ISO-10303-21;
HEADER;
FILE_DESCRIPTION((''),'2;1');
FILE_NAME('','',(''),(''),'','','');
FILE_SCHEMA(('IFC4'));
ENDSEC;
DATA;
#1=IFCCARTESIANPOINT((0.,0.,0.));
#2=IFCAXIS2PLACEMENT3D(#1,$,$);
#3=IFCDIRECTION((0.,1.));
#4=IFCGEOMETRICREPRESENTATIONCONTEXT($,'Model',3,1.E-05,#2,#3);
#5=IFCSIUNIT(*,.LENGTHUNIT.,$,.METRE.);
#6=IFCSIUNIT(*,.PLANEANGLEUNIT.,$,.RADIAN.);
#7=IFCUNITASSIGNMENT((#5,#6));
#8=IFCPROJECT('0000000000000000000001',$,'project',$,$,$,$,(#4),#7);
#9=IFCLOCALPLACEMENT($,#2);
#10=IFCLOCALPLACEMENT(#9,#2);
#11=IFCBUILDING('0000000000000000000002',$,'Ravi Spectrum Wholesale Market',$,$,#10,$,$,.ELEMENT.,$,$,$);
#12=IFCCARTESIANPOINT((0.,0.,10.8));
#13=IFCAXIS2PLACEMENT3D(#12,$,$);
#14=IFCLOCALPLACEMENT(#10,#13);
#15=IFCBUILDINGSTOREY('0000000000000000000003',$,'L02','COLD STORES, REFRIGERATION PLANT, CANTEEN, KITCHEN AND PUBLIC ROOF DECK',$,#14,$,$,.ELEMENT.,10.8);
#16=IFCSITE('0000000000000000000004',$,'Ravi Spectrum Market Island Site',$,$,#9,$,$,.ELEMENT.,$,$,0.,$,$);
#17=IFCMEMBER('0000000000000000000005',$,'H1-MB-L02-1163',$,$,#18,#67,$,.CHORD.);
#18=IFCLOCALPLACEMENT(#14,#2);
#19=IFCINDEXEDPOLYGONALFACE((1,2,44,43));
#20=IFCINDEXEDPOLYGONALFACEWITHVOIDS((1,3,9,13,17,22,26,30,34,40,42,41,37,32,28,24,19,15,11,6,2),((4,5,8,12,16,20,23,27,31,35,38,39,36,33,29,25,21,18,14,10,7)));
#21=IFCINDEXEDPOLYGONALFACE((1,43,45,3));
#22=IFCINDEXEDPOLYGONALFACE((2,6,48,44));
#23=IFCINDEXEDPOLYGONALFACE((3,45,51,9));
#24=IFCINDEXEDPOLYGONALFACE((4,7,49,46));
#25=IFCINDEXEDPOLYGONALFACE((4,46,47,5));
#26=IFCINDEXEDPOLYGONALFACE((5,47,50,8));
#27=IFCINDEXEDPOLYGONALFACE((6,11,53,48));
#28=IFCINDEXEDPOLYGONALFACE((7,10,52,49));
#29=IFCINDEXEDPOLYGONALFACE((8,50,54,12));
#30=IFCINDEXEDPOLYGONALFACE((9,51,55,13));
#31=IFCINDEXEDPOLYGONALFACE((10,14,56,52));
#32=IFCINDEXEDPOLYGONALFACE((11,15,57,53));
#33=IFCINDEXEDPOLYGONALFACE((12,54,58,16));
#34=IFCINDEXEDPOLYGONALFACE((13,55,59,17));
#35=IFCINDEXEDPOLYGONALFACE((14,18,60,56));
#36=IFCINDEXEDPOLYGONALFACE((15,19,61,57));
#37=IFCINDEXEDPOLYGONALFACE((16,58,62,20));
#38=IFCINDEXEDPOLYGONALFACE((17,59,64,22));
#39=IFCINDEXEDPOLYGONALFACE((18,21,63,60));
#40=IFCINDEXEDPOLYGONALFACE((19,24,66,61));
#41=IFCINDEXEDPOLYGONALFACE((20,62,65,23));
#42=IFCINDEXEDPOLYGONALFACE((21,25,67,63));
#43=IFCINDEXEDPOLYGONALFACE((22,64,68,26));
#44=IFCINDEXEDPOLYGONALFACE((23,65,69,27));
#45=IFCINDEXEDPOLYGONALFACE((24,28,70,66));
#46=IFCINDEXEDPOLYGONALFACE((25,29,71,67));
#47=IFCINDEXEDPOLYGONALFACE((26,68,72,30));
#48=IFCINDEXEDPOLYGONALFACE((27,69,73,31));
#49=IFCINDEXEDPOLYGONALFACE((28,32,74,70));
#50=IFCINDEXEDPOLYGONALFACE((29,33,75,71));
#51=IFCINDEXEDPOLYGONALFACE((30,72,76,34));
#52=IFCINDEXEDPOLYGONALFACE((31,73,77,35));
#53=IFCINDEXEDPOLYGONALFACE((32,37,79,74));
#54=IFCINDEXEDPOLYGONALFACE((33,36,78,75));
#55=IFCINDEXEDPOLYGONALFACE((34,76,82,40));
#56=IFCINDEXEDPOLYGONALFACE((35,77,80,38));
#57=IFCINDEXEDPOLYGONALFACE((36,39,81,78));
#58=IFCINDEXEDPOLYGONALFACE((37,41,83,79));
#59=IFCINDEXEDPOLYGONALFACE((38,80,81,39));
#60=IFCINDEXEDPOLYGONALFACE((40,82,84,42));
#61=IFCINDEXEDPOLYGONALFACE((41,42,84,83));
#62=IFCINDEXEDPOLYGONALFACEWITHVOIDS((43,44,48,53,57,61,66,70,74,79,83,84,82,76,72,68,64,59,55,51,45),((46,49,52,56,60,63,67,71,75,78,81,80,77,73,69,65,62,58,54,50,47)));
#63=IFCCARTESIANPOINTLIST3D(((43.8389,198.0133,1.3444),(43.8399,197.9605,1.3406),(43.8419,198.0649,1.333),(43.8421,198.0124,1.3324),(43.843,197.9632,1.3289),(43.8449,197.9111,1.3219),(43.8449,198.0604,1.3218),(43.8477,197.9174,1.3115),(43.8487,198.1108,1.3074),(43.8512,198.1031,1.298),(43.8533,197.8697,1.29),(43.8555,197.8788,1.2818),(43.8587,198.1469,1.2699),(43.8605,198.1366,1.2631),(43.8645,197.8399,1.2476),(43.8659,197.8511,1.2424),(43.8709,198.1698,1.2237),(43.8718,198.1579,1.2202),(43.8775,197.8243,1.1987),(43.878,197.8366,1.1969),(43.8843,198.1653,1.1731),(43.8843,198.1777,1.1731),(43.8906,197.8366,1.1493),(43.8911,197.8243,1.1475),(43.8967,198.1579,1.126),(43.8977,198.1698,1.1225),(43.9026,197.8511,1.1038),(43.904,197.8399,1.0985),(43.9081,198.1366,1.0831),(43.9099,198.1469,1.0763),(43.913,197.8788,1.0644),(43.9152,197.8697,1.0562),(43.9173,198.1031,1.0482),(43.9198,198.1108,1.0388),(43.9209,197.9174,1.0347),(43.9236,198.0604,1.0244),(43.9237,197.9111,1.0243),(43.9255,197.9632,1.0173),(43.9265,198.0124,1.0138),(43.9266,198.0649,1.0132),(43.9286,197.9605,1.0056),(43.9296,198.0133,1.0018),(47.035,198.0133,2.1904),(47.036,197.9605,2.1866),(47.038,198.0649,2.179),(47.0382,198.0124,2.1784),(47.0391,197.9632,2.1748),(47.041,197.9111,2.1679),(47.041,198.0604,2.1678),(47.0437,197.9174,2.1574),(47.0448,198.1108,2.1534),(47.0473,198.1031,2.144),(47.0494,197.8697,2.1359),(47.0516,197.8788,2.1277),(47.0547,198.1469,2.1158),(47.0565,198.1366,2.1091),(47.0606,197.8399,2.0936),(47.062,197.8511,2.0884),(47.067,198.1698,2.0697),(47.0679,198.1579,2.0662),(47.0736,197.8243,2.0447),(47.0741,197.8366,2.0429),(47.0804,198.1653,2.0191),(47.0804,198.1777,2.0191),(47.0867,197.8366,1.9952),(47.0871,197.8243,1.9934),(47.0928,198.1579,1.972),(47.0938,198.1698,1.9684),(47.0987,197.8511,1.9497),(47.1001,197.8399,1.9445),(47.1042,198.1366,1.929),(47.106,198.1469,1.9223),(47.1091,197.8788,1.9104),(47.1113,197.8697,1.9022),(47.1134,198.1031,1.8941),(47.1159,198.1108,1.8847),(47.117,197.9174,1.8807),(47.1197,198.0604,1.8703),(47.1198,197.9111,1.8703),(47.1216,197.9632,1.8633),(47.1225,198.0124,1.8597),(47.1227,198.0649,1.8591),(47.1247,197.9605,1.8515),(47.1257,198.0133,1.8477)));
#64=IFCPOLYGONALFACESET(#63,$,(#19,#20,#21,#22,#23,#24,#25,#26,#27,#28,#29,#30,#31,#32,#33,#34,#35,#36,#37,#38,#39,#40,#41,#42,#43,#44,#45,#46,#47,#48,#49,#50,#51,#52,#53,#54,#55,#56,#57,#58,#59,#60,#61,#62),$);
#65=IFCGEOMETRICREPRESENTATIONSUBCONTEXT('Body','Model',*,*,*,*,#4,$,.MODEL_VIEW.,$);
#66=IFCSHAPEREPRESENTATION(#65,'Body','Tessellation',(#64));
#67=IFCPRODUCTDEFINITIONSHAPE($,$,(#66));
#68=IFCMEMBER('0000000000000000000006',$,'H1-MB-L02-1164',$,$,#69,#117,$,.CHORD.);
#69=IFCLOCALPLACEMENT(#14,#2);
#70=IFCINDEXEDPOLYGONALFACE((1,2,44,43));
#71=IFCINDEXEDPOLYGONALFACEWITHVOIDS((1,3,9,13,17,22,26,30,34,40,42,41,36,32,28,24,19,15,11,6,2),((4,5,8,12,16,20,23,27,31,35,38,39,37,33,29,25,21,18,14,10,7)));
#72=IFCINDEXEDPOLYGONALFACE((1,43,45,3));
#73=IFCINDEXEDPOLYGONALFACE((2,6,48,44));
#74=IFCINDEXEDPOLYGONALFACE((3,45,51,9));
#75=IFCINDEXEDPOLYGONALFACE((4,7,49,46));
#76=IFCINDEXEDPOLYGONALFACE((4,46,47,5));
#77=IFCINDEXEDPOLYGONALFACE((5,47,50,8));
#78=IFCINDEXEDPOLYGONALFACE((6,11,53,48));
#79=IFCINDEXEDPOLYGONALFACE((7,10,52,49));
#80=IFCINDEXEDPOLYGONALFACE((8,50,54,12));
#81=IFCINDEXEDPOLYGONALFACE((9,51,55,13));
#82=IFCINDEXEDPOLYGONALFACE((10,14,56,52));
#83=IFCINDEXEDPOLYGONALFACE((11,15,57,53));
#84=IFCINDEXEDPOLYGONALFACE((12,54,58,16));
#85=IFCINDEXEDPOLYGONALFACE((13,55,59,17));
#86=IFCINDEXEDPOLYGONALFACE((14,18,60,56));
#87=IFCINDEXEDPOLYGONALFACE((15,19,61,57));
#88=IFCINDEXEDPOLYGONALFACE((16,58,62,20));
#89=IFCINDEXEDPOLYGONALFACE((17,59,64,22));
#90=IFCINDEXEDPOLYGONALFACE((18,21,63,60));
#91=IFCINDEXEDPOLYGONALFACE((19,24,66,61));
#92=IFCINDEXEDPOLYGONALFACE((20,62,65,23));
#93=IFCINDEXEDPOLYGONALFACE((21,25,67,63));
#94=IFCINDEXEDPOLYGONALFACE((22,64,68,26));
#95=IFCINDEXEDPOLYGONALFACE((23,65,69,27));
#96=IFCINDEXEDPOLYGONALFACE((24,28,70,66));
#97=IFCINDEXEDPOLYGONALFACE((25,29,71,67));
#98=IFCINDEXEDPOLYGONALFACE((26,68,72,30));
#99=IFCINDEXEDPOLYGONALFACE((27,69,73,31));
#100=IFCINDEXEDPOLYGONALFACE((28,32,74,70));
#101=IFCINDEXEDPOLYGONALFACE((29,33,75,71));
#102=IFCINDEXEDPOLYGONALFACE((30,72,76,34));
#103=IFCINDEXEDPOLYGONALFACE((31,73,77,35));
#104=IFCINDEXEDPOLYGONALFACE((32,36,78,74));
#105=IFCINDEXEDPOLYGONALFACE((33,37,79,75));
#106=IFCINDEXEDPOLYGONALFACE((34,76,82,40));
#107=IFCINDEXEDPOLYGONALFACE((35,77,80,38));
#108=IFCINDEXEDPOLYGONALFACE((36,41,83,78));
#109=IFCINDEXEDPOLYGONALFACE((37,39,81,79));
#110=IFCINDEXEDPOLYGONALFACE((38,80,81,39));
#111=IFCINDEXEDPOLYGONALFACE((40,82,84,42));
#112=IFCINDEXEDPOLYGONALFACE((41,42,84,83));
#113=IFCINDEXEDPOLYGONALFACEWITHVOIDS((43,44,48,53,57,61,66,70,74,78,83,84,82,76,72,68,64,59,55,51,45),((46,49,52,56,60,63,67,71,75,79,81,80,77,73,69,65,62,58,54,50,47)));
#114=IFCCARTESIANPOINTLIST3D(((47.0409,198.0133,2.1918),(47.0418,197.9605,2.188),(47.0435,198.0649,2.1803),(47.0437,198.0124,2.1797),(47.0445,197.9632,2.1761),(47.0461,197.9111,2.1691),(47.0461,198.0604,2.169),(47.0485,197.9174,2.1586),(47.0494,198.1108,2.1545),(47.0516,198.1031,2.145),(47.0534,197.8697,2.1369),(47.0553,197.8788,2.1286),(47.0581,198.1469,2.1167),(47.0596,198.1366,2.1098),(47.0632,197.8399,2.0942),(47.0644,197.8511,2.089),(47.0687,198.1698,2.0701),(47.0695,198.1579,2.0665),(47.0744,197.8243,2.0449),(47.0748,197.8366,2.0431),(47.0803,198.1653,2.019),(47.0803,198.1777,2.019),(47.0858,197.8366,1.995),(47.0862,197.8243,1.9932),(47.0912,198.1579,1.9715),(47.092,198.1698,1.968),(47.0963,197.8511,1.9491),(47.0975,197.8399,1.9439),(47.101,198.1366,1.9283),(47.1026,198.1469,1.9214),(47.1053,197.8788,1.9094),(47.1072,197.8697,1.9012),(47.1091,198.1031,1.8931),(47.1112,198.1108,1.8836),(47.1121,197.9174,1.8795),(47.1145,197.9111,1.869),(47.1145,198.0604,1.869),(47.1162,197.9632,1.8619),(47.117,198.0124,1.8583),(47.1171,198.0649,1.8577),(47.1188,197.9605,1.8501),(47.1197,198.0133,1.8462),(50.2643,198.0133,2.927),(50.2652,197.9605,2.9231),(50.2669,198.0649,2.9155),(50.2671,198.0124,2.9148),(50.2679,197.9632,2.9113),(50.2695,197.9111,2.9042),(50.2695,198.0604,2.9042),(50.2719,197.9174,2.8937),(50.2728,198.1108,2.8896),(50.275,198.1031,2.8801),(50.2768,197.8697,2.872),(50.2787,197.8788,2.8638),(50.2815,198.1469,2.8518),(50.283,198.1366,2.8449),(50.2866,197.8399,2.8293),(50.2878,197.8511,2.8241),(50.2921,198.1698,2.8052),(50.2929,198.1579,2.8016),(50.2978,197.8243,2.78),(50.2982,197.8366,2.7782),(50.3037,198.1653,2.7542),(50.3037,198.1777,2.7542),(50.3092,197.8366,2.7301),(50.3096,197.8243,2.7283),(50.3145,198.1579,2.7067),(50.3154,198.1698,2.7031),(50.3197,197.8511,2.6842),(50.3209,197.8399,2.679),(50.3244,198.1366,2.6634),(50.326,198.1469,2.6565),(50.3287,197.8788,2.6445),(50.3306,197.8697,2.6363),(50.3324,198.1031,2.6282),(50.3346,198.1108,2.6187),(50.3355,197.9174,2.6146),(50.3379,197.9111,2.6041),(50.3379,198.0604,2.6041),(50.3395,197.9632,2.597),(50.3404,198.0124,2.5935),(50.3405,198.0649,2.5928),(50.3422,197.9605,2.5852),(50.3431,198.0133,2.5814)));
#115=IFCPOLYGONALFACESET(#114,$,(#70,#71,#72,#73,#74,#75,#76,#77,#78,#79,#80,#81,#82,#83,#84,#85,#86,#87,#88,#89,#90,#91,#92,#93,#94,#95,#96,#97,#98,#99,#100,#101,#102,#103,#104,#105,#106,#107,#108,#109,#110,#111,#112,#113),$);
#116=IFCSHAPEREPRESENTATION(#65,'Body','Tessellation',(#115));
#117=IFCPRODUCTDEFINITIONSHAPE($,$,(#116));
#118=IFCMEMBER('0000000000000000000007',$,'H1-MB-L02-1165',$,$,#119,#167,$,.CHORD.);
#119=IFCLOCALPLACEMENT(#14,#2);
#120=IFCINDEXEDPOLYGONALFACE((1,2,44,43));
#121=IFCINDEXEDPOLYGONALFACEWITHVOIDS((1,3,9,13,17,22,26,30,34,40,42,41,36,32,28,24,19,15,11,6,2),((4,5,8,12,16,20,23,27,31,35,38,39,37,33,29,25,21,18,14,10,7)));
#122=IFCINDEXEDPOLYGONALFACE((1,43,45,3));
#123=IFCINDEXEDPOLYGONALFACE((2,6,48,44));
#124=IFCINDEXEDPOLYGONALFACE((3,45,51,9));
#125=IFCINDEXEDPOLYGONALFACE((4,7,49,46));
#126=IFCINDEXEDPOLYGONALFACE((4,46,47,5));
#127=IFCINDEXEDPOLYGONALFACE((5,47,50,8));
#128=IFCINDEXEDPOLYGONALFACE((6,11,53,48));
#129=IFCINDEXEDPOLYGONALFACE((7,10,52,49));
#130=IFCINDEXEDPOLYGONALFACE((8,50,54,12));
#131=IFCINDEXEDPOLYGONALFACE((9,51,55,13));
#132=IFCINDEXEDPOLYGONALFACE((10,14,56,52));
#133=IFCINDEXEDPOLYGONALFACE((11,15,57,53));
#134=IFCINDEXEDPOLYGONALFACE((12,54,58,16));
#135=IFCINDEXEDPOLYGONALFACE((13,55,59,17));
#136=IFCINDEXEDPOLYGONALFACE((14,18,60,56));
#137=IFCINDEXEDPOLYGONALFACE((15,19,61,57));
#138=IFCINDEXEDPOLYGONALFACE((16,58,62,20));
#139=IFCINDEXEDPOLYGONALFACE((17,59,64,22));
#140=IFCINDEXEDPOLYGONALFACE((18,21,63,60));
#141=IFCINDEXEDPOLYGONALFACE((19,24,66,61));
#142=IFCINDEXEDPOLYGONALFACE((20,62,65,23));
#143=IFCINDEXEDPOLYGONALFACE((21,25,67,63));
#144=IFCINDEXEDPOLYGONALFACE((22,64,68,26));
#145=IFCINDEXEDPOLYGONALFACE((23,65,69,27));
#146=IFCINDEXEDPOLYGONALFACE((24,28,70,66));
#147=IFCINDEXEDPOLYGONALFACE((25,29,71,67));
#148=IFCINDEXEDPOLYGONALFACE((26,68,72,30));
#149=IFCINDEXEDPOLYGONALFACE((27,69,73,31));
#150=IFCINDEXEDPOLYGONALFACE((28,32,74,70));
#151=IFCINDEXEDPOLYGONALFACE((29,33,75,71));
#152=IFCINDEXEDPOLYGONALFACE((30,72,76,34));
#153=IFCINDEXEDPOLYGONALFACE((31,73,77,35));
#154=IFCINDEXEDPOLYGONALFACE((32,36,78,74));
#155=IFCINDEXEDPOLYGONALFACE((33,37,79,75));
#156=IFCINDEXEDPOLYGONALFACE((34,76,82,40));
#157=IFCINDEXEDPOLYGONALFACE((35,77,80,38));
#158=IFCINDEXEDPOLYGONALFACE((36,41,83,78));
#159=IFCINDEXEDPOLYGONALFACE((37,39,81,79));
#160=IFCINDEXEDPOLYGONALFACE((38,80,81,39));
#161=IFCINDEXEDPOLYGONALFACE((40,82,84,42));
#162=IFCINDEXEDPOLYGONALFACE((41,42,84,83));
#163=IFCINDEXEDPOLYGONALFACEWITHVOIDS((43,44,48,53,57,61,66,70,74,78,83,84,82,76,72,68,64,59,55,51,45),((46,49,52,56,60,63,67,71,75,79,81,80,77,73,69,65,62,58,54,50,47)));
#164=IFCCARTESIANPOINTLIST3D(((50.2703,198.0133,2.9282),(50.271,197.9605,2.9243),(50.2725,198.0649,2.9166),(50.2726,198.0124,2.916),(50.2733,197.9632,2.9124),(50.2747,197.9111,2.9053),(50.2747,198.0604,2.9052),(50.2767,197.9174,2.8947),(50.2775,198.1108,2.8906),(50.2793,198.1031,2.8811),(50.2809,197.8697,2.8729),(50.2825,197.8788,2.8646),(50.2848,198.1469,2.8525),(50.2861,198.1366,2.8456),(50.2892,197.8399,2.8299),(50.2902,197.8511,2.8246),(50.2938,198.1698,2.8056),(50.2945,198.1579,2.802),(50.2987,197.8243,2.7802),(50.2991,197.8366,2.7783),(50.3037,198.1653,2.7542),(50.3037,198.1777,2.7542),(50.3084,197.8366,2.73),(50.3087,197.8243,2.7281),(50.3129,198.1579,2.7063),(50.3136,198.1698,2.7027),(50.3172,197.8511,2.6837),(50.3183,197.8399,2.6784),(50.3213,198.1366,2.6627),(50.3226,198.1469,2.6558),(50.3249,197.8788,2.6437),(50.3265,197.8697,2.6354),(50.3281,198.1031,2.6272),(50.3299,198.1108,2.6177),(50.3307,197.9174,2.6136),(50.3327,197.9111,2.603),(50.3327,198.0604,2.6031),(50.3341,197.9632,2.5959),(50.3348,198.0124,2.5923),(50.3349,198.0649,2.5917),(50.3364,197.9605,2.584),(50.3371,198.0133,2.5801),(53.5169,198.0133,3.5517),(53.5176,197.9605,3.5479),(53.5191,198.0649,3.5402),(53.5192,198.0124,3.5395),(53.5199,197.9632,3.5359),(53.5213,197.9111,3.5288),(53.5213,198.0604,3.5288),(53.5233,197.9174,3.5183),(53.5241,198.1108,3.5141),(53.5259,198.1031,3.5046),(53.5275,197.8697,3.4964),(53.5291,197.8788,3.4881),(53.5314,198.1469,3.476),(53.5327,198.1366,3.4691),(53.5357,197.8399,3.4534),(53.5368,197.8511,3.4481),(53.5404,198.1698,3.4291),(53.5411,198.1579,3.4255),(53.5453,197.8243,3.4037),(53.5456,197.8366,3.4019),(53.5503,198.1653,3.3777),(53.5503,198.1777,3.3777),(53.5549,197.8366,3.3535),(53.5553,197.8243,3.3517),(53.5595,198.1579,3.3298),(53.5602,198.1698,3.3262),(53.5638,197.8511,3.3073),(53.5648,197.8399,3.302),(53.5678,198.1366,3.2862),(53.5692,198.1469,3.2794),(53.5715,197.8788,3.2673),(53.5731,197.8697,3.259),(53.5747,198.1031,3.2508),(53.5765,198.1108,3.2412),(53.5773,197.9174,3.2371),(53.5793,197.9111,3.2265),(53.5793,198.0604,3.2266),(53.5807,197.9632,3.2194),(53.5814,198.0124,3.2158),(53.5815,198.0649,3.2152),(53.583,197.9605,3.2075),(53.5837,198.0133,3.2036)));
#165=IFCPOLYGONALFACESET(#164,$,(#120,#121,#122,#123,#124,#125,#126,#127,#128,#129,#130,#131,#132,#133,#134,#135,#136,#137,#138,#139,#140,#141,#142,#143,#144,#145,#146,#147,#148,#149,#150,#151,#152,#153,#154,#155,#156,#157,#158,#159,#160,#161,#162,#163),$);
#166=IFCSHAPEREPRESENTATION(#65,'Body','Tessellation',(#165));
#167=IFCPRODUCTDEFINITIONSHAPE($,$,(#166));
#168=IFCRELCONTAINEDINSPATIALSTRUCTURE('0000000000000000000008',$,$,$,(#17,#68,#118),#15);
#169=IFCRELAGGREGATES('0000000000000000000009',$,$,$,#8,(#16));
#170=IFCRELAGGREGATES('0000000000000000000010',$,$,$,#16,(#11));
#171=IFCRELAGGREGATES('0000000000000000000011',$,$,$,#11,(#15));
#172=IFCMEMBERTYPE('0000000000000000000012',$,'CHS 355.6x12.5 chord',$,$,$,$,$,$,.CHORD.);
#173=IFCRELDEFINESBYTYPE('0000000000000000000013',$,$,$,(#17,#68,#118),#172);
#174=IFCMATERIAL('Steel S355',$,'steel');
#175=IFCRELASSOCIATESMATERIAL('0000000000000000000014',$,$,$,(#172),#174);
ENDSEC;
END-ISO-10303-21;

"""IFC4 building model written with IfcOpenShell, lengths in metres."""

from ifc_helpers import new_model, si_unit, direction, frame, origin, origin_2d, place, context, subcontext, project, spatial, hollow_circle, extrude, material, material_profile, profile_set, type_object, element, save


model = new_model("IFC4")

# Units and contexts
model_context = context("Model", 3, precision=1e-05, world=origin(), true_north=direction((0.0, 1.0)))
body_context = subcontext(model_context, "Body", "Model", "MODEL_VIEW")
ifc_project = project(units=[si_unit("LENGTHUNIT", "METRE"), si_unit("PLANEANGLEUNIT", "RADIAN")], contexts=[model_context])

# Site, building, storey
site_placement = place(None, origin())
site = spatial("IfcSite", under=ifc_project, at=site_placement, Name="Ravi Spectrum Market Island Site", CompositionType="ELEMENT", RefElevation=0.0)
building_placement = place(site_placement, origin())
building = spatial("IfcBuilding", under=site, at=building_placement, Name="Ravi Spectrum Wholesale Market", CompositionType="ELEMENT")
storey_placement = place(building_placement, frame((0.0, 0.0, 10.8)))
storey = spatial("IfcBuildingStorey", under=building, at=storey_placement, Name="L02", Description="COLD STORES, REFRIGERATION PLANT, CANTEEN, KITCHEN AND PUBLIC ROOF DECK", CompositionType="ELEMENT", Elevation=10.8)

# Members
ifc_material_1 = material(Name="Steel S355", Category="steel")
ifc_material_profile_1 = material_profile(ifc_material_1, hollow_circle(Radius=0.1777, WallThickness=0.0125, at=origin_2d()))
ifc_profile_set_1 = profile_set([ifc_material_profile_1], Name="Steel S355")
member_type_1 = type_object("IfcMemberType", Name="CHS 355.6x12.5 chord", PredefinedType="CHORD", material=ifc_profile_set_1)
for number, where, z_axis, x_axis, name in (
    (1, (43.8843, 198.0, 1.1731), (0.96671, 0.0, 0.255874), (0.0, 1.0, 0.0), "H1-MB-L02-1163"),
    (2, (47.0803, 198.0, 2.019), (0.974968, 0.0, 0.222346), (0.0, 1.0, 0.0), "H1-MB-L02-1164"),
):
    element("IfcMember", number, at=place(storey_placement, frame(where, z_axis=z_axis, x_axis=x_axis)), inside=storey, type_object=member_type_1, Name=name, PredefinedType="CHORD", context=body_context, shape_type="SweptSolid", body=[
        extrude(hollow_circle(Radius=0.1777, WallThickness=0.0125, at=origin_2d()), origin(), (0.0, 0.0, 1.0), 3.3062),
    ])
member_1_placement = place(storey_placement, frame((50.3037, 198.0, 2.7542), z_axis=(0.982052, 0.0, 0.188612), x_axis=(0.0, 1.0, 0.0)))
element("IfcMember", 3, at=member_1_placement, inside=storey, type_object=member_type_1, Name="H1-MB-L02-1165", PredefinedType="CHORD", context=body_context, shape_type="SweptSolid", body=[
    extrude(hollow_circle(Radius=0.1777, WallThickness=0.0125, at=origin_2d()), origin(), (0.0, 0.0, 1.0), 3.3059),
])

save(model, "model.ifc")
